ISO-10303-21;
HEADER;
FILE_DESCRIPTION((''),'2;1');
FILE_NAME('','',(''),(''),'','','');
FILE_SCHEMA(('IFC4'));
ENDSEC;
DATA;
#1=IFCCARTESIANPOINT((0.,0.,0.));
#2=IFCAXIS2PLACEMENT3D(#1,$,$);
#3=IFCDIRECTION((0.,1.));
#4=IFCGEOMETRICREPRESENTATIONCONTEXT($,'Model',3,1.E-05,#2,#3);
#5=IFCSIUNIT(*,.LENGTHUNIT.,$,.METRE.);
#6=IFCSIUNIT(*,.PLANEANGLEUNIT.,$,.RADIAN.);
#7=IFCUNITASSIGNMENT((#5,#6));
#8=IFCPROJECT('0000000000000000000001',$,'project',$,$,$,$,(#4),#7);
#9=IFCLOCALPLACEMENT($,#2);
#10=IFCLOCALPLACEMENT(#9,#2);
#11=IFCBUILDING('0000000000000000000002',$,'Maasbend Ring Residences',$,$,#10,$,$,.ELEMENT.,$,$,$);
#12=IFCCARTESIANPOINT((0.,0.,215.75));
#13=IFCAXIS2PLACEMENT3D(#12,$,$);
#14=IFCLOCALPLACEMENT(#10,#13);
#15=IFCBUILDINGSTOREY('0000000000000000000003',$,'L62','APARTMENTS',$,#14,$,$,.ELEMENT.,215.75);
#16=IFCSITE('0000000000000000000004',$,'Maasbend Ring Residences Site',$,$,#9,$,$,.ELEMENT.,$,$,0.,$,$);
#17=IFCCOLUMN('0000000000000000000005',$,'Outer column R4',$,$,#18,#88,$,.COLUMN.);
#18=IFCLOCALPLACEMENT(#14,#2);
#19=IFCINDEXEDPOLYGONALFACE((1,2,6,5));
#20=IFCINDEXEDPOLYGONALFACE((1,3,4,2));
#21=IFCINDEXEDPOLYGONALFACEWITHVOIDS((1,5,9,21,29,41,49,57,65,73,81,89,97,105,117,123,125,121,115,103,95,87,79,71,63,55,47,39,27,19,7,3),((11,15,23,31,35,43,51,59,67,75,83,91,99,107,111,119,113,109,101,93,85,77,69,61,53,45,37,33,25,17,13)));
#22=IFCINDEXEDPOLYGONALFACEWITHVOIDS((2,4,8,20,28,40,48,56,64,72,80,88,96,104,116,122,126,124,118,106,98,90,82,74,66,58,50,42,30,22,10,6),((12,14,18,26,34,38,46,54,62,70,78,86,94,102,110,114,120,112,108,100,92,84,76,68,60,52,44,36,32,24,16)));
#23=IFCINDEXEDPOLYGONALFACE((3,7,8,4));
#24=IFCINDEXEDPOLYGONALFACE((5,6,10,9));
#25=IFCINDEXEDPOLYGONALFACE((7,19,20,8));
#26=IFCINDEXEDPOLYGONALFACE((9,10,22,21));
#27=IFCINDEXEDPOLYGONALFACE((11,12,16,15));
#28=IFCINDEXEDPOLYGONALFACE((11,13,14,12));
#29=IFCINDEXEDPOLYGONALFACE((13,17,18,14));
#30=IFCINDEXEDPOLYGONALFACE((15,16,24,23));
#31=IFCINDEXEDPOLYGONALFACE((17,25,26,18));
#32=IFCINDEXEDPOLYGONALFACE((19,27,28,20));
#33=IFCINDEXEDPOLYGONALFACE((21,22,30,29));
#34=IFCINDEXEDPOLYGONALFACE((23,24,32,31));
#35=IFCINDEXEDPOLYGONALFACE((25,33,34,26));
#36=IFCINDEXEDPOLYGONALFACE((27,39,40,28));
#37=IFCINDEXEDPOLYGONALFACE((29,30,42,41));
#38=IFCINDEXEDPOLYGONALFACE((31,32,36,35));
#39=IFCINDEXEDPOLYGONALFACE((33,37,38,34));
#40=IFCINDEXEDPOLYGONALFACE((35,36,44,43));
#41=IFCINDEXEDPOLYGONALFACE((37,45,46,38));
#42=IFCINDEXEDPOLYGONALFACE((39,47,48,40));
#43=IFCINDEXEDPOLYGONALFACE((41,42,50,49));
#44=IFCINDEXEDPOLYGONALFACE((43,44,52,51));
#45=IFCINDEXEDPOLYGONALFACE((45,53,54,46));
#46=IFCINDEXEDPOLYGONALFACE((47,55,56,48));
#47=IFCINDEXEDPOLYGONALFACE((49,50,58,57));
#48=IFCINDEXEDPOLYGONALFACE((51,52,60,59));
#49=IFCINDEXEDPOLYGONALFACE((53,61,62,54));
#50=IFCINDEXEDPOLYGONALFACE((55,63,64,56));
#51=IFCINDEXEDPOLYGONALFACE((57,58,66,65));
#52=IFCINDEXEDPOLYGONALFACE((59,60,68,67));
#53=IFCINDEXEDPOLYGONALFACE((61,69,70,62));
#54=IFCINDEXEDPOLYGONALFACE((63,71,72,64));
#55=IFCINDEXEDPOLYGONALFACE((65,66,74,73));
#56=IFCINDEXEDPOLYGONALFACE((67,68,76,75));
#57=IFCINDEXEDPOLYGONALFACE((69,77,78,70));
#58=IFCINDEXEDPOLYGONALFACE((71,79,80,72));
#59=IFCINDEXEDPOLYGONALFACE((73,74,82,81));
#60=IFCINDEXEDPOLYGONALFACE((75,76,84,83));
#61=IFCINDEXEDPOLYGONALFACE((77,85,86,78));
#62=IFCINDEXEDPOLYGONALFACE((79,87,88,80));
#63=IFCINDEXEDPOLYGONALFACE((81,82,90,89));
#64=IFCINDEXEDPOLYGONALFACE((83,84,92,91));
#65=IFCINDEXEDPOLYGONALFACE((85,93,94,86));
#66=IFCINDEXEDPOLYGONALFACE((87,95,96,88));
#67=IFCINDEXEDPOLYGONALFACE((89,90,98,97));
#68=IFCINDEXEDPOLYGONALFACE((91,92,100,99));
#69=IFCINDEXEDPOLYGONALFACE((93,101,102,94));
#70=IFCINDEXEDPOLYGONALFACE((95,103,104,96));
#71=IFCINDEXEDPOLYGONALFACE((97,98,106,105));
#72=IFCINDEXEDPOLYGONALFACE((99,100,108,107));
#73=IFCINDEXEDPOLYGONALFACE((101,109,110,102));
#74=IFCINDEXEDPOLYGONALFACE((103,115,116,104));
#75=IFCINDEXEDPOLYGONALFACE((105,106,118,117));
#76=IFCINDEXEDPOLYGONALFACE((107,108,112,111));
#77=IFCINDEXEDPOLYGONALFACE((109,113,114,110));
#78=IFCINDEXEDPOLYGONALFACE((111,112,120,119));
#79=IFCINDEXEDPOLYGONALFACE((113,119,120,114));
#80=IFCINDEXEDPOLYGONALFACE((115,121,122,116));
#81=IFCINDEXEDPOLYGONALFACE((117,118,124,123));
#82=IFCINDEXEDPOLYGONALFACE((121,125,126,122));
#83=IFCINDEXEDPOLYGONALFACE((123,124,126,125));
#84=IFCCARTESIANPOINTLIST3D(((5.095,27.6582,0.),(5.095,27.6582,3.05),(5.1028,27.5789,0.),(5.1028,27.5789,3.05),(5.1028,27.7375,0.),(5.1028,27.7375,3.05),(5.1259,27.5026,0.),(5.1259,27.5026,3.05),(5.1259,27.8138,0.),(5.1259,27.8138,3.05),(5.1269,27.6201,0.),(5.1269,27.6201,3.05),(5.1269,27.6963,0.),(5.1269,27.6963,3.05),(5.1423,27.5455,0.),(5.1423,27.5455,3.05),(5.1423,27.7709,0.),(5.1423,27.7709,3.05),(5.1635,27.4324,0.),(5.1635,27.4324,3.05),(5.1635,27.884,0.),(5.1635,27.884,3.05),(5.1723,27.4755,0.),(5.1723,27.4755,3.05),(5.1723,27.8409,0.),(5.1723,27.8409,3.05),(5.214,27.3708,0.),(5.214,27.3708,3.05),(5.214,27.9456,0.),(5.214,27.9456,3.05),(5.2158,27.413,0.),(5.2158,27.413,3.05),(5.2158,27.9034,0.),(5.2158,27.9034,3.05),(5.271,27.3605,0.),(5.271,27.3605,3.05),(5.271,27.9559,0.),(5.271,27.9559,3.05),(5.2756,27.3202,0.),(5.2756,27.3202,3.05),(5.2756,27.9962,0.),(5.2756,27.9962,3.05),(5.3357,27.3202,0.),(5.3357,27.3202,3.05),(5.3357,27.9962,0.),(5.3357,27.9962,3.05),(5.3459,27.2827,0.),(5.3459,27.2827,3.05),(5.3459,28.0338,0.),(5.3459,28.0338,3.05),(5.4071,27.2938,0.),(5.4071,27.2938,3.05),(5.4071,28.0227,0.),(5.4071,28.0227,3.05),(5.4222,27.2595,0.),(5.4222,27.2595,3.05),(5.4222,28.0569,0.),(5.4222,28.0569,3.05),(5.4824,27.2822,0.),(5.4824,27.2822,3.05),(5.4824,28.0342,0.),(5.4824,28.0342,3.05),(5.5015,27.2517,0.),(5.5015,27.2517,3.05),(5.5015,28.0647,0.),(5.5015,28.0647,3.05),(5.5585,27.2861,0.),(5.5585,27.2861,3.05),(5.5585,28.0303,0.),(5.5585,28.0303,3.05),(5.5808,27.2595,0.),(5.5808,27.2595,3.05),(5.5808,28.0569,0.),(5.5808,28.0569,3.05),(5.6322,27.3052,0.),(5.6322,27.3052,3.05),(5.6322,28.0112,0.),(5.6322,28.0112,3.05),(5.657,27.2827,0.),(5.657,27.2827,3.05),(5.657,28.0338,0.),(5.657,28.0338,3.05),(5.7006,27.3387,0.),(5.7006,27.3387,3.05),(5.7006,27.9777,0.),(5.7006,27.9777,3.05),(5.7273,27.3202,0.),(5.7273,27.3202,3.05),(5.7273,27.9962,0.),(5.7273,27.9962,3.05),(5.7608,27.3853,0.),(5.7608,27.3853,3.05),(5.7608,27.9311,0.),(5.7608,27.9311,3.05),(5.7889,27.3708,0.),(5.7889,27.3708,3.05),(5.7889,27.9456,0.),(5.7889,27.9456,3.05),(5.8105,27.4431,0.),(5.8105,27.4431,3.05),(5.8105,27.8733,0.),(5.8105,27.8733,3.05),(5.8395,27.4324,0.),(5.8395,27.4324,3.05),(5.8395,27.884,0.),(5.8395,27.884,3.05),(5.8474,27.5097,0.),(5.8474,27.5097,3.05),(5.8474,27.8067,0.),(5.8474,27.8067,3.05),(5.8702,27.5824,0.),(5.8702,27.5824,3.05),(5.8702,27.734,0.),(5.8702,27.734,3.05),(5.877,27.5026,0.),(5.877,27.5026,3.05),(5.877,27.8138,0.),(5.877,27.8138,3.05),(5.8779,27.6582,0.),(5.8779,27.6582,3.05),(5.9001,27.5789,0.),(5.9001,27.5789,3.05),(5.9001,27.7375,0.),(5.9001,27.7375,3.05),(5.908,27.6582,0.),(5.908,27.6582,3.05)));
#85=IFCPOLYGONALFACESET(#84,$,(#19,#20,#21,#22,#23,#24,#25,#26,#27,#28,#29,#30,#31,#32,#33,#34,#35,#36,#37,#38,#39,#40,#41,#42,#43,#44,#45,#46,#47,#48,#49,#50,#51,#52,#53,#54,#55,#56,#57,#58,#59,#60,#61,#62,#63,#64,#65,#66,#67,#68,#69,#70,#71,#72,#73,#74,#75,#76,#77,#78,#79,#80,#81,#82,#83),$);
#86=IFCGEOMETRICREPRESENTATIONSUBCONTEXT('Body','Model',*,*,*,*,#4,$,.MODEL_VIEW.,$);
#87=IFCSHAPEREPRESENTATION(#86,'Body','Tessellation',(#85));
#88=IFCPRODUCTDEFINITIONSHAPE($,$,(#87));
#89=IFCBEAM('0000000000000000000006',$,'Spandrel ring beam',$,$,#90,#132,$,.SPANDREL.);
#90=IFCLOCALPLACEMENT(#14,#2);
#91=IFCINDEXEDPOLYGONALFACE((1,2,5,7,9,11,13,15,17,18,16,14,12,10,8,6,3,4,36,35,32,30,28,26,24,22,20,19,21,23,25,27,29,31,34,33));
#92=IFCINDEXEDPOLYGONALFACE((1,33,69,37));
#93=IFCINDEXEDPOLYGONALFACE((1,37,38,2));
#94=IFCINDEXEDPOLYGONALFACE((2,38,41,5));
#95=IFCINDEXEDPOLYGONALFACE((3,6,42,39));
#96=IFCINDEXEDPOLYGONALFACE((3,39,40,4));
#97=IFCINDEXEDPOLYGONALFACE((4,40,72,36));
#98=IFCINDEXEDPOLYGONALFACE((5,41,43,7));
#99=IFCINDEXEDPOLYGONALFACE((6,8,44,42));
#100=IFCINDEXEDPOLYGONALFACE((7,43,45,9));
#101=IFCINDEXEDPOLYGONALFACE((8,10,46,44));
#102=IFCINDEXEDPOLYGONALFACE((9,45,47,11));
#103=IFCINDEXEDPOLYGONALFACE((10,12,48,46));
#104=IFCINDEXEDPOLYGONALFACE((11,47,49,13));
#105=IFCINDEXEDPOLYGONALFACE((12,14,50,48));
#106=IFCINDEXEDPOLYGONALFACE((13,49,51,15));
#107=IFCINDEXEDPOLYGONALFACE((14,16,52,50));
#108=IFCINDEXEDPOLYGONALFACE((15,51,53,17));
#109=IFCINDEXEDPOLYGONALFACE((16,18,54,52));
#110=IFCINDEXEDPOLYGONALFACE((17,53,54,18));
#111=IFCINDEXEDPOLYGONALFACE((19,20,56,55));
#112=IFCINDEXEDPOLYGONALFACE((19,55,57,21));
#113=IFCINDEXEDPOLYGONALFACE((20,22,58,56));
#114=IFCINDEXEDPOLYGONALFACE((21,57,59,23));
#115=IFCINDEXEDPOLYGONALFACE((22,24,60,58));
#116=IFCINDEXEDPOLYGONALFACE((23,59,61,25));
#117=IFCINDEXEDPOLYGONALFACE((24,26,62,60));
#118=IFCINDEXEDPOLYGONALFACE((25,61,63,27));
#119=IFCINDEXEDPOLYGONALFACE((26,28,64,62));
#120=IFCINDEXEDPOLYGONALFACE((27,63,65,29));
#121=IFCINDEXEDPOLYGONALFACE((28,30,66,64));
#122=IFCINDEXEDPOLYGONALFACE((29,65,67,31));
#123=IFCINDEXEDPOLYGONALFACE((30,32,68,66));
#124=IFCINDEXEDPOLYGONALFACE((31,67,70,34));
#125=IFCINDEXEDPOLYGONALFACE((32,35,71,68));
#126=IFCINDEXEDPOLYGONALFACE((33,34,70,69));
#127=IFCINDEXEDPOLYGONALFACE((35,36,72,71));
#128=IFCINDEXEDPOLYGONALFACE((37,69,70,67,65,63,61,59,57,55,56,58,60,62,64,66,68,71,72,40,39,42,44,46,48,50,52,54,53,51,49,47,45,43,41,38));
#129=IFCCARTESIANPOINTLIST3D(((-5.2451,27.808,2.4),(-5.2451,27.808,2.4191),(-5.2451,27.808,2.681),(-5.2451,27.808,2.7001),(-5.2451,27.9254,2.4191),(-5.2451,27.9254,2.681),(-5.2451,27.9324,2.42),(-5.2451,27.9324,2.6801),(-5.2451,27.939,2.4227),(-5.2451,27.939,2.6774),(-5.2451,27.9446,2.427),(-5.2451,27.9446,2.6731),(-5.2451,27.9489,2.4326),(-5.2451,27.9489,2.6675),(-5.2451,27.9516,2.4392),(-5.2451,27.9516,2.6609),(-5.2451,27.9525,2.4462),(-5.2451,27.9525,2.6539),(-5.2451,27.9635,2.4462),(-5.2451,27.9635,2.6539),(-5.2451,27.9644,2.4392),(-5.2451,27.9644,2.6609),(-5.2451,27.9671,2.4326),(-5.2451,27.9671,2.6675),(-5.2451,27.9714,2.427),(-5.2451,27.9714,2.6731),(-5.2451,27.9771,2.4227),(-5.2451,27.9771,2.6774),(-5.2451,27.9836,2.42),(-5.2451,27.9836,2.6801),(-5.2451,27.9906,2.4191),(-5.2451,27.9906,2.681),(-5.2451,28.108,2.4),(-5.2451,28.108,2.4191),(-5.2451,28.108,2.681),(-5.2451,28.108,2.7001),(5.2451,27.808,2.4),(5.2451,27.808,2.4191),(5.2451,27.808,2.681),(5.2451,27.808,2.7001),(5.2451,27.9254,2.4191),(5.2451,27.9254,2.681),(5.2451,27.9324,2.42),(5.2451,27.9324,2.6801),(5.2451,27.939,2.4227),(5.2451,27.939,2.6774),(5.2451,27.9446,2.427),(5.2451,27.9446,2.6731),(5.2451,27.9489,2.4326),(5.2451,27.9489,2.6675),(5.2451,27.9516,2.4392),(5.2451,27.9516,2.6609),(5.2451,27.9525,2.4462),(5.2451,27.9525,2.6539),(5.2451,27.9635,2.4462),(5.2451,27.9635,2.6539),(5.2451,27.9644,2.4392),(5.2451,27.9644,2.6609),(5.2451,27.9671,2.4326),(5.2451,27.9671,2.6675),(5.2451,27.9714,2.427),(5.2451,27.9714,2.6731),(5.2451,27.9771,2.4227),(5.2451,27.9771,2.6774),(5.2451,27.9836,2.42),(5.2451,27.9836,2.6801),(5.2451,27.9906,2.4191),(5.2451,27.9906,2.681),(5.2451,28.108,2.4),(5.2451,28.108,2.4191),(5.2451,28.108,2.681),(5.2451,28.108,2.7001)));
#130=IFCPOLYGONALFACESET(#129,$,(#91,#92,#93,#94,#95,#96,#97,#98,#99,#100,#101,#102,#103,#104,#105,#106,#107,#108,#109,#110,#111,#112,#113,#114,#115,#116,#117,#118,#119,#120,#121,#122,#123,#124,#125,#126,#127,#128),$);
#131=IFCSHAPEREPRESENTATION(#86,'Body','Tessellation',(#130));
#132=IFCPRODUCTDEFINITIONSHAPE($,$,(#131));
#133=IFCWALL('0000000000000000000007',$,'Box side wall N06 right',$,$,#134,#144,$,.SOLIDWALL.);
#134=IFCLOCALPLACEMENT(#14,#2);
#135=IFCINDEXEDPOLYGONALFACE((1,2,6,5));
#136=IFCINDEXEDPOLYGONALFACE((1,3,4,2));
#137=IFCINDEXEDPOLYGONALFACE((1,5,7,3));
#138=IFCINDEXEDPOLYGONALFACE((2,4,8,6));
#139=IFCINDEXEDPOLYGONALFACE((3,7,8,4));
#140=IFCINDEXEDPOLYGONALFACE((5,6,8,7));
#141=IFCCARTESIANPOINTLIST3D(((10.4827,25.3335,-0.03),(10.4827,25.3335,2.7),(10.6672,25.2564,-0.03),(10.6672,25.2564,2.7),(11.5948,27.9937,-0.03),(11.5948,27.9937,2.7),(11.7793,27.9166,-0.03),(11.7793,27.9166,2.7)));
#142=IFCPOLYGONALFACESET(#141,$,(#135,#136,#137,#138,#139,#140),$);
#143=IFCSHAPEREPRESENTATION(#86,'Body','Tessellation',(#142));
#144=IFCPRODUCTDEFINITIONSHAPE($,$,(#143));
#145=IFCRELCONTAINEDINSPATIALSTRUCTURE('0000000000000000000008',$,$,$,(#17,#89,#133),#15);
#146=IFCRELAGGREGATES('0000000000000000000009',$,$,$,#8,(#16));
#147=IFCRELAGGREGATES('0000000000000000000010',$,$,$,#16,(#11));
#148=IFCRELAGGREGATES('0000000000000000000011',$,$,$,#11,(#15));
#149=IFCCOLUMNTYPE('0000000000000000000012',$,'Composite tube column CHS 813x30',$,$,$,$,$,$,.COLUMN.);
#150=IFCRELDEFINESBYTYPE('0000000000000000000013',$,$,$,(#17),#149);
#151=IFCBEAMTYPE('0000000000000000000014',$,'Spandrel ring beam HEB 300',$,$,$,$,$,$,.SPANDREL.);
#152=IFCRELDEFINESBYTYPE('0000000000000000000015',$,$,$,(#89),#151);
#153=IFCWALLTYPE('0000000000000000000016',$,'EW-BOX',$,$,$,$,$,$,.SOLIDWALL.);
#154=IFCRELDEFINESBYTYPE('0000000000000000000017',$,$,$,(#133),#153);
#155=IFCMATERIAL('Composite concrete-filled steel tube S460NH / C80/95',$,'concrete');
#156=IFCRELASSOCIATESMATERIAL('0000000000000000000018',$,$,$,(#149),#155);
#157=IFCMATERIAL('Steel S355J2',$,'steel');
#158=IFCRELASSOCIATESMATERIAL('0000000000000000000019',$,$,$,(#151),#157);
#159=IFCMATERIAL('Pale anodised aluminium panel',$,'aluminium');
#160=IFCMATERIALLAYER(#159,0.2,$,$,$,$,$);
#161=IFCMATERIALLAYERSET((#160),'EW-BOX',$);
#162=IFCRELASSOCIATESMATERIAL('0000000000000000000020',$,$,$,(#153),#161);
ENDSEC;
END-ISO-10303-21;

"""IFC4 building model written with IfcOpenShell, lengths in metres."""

from ifc_helpers import new_model, si_unit, direction, frame, frame_2d, origin, origin_2d, place, context, subcontext, project, spatial, rectangle, hollow_circle, i_section, extrude, material, layer, layer_set, material_profile, profile_set, type_object, element, save


model = new_model("IFC4")

# Units and contexts
model_context = context("Model", 3, precision=1e-05, world=origin(), true_north=direction((0.0, 1.0)))
body_context = subcontext(model_context, "Body", "Model", "MODEL_VIEW")
ifc_project = project(units=[si_unit("LENGTHUNIT", "METRE"), si_unit("PLANEANGLEUNIT", "RADIAN")], contexts=[model_context])

# Site, building, storey
site_placement = place(None, origin())
site = spatial("IfcSite", under=ifc_project, at=site_placement, Name="Maasbend Ring Residences Site", CompositionType="ELEMENT", RefElevation=0.0)
building_placement = place(site_placement, origin())
building = spatial("IfcBuilding", under=site, at=building_placement, Name="Maasbend Ring Residences", CompositionType="ELEMENT")
storey_placement = place(building_placement, frame((0.0, 0.0, 215.75)))
storey = spatial("IfcBuildingStorey", under=building, at=storey_placement, Name="L62", Description="APARTMENTS", CompositionType="ELEMENT", Elevation=215.75)

# Column
ifc_material_1 = material(Name="Composite concrete-filled steel tube S460NH / C80/95", Category="concrete")
ifc_material_profile_1 = material_profile(ifc_material_1, hollow_circle(Radius=0.4065, WallThickness=0.03, at=origin_2d()), Name="Composite tube column CHS 813x30")
ifc_profile_set_1 = profile_set([ifc_material_profile_1], Name="Composite concrete-filled steel tube S460NH / C80/95")
column_type = type_object("IfcColumnType", Name="Composite tube column CHS 813x30", PredefinedType="COLUMN", material=ifc_profile_set_1)
column_placement = place(storey_placement, frame((5.5015, 27.6582, 0.0), z_axis=(0.0, 0.0, 1.0), x_axis=(1.0, 0.0, 0.0)))
element("IfcColumn", 1, at=column_placement, inside=storey, type_object=column_type, Name="Outer column R4", PredefinedType="COLUMN", context=body_context, shape_type="SweptSolid", body=[
    extrude(hollow_circle(Radius=0.4065, WallThickness=0.03, at=origin_2d()), origin(), (0.0, 0.0, 1.0), 3.05),
])

# Beam
ifc_material_2 = material(Name="Steel S355J2", Category="steel")
ifc_material_profile_2 = material_profile(ifc_material_2, i_section(OverallWidth=0.3, OverallDepth=0.3, WebThickness=0.011, FlangeThickness=0.019, FilletRadius=0.0271, at=origin_2d()), Name="HEB 300")
ifc_profile_set_2 = profile_set([ifc_material_profile_2], Name="Steel S355J2")
beam_type = type_object("IfcBeamType", Name="Spandrel ring beam HEB 300", PredefinedType="SPANDREL", material=ifc_profile_set_2)
beam_placement = place(storey_placement, frame((5.2451, 27.958, 2.55), z_axis=(-1.0, 0.0, 0.0), x_axis=(0.0, -1.0, 0.0)))
element("IfcBeam", 2, at=beam_placement, inside=storey, type_object=beam_type, Name="Spandrel ring beam", PredefinedType="SPANDREL", context=body_context, shape_type="SweptSolid", body=[
    extrude(i_section(OverallWidth=0.3, OverallDepth=0.3, WebThickness=0.011, FlangeThickness=0.019, FilletRadius=0.0271, at=origin_2d()), origin(), (0.0, 0.0, 1.0), 10.4902),
])

# Wall
ifc_material_3 = material(Name="Pale anodised aluminium panel", Category="aluminium")
ifc_layer_1 = layer(ifc_material_3, 0.2)
ifc_layer_set_1 = layer_set([ifc_layer_1], Name="EW-BOX")
wall_type_1 = type_object("IfcWallType", Name="EW-BOX", PredefinedType="SOLIDWALL", material=ifc_layer_set_1)
wall_1_placement = place(storey_placement, frame((10.575, 25.2949, -0.03), z_axis=(0.0, 0.0, 1.0), x_axis=(0.385697, 0.922625, 0.0)))
element("IfcWall", 3, at=wall_1_placement, inside=storey, type_object=wall_type_1, Name="Box side wall N06 right", PredefinedType="SOLIDWALL", context=body_context, shape_type="SweptSolid", body=[
    extrude(rectangle(XDim=2.8833, YDim=0.2, at=frame_2d((1.4417, 0.0))), origin(), (0.0, 0.0, 1.0), 2.73),
])

save(model, "model.ifc")
